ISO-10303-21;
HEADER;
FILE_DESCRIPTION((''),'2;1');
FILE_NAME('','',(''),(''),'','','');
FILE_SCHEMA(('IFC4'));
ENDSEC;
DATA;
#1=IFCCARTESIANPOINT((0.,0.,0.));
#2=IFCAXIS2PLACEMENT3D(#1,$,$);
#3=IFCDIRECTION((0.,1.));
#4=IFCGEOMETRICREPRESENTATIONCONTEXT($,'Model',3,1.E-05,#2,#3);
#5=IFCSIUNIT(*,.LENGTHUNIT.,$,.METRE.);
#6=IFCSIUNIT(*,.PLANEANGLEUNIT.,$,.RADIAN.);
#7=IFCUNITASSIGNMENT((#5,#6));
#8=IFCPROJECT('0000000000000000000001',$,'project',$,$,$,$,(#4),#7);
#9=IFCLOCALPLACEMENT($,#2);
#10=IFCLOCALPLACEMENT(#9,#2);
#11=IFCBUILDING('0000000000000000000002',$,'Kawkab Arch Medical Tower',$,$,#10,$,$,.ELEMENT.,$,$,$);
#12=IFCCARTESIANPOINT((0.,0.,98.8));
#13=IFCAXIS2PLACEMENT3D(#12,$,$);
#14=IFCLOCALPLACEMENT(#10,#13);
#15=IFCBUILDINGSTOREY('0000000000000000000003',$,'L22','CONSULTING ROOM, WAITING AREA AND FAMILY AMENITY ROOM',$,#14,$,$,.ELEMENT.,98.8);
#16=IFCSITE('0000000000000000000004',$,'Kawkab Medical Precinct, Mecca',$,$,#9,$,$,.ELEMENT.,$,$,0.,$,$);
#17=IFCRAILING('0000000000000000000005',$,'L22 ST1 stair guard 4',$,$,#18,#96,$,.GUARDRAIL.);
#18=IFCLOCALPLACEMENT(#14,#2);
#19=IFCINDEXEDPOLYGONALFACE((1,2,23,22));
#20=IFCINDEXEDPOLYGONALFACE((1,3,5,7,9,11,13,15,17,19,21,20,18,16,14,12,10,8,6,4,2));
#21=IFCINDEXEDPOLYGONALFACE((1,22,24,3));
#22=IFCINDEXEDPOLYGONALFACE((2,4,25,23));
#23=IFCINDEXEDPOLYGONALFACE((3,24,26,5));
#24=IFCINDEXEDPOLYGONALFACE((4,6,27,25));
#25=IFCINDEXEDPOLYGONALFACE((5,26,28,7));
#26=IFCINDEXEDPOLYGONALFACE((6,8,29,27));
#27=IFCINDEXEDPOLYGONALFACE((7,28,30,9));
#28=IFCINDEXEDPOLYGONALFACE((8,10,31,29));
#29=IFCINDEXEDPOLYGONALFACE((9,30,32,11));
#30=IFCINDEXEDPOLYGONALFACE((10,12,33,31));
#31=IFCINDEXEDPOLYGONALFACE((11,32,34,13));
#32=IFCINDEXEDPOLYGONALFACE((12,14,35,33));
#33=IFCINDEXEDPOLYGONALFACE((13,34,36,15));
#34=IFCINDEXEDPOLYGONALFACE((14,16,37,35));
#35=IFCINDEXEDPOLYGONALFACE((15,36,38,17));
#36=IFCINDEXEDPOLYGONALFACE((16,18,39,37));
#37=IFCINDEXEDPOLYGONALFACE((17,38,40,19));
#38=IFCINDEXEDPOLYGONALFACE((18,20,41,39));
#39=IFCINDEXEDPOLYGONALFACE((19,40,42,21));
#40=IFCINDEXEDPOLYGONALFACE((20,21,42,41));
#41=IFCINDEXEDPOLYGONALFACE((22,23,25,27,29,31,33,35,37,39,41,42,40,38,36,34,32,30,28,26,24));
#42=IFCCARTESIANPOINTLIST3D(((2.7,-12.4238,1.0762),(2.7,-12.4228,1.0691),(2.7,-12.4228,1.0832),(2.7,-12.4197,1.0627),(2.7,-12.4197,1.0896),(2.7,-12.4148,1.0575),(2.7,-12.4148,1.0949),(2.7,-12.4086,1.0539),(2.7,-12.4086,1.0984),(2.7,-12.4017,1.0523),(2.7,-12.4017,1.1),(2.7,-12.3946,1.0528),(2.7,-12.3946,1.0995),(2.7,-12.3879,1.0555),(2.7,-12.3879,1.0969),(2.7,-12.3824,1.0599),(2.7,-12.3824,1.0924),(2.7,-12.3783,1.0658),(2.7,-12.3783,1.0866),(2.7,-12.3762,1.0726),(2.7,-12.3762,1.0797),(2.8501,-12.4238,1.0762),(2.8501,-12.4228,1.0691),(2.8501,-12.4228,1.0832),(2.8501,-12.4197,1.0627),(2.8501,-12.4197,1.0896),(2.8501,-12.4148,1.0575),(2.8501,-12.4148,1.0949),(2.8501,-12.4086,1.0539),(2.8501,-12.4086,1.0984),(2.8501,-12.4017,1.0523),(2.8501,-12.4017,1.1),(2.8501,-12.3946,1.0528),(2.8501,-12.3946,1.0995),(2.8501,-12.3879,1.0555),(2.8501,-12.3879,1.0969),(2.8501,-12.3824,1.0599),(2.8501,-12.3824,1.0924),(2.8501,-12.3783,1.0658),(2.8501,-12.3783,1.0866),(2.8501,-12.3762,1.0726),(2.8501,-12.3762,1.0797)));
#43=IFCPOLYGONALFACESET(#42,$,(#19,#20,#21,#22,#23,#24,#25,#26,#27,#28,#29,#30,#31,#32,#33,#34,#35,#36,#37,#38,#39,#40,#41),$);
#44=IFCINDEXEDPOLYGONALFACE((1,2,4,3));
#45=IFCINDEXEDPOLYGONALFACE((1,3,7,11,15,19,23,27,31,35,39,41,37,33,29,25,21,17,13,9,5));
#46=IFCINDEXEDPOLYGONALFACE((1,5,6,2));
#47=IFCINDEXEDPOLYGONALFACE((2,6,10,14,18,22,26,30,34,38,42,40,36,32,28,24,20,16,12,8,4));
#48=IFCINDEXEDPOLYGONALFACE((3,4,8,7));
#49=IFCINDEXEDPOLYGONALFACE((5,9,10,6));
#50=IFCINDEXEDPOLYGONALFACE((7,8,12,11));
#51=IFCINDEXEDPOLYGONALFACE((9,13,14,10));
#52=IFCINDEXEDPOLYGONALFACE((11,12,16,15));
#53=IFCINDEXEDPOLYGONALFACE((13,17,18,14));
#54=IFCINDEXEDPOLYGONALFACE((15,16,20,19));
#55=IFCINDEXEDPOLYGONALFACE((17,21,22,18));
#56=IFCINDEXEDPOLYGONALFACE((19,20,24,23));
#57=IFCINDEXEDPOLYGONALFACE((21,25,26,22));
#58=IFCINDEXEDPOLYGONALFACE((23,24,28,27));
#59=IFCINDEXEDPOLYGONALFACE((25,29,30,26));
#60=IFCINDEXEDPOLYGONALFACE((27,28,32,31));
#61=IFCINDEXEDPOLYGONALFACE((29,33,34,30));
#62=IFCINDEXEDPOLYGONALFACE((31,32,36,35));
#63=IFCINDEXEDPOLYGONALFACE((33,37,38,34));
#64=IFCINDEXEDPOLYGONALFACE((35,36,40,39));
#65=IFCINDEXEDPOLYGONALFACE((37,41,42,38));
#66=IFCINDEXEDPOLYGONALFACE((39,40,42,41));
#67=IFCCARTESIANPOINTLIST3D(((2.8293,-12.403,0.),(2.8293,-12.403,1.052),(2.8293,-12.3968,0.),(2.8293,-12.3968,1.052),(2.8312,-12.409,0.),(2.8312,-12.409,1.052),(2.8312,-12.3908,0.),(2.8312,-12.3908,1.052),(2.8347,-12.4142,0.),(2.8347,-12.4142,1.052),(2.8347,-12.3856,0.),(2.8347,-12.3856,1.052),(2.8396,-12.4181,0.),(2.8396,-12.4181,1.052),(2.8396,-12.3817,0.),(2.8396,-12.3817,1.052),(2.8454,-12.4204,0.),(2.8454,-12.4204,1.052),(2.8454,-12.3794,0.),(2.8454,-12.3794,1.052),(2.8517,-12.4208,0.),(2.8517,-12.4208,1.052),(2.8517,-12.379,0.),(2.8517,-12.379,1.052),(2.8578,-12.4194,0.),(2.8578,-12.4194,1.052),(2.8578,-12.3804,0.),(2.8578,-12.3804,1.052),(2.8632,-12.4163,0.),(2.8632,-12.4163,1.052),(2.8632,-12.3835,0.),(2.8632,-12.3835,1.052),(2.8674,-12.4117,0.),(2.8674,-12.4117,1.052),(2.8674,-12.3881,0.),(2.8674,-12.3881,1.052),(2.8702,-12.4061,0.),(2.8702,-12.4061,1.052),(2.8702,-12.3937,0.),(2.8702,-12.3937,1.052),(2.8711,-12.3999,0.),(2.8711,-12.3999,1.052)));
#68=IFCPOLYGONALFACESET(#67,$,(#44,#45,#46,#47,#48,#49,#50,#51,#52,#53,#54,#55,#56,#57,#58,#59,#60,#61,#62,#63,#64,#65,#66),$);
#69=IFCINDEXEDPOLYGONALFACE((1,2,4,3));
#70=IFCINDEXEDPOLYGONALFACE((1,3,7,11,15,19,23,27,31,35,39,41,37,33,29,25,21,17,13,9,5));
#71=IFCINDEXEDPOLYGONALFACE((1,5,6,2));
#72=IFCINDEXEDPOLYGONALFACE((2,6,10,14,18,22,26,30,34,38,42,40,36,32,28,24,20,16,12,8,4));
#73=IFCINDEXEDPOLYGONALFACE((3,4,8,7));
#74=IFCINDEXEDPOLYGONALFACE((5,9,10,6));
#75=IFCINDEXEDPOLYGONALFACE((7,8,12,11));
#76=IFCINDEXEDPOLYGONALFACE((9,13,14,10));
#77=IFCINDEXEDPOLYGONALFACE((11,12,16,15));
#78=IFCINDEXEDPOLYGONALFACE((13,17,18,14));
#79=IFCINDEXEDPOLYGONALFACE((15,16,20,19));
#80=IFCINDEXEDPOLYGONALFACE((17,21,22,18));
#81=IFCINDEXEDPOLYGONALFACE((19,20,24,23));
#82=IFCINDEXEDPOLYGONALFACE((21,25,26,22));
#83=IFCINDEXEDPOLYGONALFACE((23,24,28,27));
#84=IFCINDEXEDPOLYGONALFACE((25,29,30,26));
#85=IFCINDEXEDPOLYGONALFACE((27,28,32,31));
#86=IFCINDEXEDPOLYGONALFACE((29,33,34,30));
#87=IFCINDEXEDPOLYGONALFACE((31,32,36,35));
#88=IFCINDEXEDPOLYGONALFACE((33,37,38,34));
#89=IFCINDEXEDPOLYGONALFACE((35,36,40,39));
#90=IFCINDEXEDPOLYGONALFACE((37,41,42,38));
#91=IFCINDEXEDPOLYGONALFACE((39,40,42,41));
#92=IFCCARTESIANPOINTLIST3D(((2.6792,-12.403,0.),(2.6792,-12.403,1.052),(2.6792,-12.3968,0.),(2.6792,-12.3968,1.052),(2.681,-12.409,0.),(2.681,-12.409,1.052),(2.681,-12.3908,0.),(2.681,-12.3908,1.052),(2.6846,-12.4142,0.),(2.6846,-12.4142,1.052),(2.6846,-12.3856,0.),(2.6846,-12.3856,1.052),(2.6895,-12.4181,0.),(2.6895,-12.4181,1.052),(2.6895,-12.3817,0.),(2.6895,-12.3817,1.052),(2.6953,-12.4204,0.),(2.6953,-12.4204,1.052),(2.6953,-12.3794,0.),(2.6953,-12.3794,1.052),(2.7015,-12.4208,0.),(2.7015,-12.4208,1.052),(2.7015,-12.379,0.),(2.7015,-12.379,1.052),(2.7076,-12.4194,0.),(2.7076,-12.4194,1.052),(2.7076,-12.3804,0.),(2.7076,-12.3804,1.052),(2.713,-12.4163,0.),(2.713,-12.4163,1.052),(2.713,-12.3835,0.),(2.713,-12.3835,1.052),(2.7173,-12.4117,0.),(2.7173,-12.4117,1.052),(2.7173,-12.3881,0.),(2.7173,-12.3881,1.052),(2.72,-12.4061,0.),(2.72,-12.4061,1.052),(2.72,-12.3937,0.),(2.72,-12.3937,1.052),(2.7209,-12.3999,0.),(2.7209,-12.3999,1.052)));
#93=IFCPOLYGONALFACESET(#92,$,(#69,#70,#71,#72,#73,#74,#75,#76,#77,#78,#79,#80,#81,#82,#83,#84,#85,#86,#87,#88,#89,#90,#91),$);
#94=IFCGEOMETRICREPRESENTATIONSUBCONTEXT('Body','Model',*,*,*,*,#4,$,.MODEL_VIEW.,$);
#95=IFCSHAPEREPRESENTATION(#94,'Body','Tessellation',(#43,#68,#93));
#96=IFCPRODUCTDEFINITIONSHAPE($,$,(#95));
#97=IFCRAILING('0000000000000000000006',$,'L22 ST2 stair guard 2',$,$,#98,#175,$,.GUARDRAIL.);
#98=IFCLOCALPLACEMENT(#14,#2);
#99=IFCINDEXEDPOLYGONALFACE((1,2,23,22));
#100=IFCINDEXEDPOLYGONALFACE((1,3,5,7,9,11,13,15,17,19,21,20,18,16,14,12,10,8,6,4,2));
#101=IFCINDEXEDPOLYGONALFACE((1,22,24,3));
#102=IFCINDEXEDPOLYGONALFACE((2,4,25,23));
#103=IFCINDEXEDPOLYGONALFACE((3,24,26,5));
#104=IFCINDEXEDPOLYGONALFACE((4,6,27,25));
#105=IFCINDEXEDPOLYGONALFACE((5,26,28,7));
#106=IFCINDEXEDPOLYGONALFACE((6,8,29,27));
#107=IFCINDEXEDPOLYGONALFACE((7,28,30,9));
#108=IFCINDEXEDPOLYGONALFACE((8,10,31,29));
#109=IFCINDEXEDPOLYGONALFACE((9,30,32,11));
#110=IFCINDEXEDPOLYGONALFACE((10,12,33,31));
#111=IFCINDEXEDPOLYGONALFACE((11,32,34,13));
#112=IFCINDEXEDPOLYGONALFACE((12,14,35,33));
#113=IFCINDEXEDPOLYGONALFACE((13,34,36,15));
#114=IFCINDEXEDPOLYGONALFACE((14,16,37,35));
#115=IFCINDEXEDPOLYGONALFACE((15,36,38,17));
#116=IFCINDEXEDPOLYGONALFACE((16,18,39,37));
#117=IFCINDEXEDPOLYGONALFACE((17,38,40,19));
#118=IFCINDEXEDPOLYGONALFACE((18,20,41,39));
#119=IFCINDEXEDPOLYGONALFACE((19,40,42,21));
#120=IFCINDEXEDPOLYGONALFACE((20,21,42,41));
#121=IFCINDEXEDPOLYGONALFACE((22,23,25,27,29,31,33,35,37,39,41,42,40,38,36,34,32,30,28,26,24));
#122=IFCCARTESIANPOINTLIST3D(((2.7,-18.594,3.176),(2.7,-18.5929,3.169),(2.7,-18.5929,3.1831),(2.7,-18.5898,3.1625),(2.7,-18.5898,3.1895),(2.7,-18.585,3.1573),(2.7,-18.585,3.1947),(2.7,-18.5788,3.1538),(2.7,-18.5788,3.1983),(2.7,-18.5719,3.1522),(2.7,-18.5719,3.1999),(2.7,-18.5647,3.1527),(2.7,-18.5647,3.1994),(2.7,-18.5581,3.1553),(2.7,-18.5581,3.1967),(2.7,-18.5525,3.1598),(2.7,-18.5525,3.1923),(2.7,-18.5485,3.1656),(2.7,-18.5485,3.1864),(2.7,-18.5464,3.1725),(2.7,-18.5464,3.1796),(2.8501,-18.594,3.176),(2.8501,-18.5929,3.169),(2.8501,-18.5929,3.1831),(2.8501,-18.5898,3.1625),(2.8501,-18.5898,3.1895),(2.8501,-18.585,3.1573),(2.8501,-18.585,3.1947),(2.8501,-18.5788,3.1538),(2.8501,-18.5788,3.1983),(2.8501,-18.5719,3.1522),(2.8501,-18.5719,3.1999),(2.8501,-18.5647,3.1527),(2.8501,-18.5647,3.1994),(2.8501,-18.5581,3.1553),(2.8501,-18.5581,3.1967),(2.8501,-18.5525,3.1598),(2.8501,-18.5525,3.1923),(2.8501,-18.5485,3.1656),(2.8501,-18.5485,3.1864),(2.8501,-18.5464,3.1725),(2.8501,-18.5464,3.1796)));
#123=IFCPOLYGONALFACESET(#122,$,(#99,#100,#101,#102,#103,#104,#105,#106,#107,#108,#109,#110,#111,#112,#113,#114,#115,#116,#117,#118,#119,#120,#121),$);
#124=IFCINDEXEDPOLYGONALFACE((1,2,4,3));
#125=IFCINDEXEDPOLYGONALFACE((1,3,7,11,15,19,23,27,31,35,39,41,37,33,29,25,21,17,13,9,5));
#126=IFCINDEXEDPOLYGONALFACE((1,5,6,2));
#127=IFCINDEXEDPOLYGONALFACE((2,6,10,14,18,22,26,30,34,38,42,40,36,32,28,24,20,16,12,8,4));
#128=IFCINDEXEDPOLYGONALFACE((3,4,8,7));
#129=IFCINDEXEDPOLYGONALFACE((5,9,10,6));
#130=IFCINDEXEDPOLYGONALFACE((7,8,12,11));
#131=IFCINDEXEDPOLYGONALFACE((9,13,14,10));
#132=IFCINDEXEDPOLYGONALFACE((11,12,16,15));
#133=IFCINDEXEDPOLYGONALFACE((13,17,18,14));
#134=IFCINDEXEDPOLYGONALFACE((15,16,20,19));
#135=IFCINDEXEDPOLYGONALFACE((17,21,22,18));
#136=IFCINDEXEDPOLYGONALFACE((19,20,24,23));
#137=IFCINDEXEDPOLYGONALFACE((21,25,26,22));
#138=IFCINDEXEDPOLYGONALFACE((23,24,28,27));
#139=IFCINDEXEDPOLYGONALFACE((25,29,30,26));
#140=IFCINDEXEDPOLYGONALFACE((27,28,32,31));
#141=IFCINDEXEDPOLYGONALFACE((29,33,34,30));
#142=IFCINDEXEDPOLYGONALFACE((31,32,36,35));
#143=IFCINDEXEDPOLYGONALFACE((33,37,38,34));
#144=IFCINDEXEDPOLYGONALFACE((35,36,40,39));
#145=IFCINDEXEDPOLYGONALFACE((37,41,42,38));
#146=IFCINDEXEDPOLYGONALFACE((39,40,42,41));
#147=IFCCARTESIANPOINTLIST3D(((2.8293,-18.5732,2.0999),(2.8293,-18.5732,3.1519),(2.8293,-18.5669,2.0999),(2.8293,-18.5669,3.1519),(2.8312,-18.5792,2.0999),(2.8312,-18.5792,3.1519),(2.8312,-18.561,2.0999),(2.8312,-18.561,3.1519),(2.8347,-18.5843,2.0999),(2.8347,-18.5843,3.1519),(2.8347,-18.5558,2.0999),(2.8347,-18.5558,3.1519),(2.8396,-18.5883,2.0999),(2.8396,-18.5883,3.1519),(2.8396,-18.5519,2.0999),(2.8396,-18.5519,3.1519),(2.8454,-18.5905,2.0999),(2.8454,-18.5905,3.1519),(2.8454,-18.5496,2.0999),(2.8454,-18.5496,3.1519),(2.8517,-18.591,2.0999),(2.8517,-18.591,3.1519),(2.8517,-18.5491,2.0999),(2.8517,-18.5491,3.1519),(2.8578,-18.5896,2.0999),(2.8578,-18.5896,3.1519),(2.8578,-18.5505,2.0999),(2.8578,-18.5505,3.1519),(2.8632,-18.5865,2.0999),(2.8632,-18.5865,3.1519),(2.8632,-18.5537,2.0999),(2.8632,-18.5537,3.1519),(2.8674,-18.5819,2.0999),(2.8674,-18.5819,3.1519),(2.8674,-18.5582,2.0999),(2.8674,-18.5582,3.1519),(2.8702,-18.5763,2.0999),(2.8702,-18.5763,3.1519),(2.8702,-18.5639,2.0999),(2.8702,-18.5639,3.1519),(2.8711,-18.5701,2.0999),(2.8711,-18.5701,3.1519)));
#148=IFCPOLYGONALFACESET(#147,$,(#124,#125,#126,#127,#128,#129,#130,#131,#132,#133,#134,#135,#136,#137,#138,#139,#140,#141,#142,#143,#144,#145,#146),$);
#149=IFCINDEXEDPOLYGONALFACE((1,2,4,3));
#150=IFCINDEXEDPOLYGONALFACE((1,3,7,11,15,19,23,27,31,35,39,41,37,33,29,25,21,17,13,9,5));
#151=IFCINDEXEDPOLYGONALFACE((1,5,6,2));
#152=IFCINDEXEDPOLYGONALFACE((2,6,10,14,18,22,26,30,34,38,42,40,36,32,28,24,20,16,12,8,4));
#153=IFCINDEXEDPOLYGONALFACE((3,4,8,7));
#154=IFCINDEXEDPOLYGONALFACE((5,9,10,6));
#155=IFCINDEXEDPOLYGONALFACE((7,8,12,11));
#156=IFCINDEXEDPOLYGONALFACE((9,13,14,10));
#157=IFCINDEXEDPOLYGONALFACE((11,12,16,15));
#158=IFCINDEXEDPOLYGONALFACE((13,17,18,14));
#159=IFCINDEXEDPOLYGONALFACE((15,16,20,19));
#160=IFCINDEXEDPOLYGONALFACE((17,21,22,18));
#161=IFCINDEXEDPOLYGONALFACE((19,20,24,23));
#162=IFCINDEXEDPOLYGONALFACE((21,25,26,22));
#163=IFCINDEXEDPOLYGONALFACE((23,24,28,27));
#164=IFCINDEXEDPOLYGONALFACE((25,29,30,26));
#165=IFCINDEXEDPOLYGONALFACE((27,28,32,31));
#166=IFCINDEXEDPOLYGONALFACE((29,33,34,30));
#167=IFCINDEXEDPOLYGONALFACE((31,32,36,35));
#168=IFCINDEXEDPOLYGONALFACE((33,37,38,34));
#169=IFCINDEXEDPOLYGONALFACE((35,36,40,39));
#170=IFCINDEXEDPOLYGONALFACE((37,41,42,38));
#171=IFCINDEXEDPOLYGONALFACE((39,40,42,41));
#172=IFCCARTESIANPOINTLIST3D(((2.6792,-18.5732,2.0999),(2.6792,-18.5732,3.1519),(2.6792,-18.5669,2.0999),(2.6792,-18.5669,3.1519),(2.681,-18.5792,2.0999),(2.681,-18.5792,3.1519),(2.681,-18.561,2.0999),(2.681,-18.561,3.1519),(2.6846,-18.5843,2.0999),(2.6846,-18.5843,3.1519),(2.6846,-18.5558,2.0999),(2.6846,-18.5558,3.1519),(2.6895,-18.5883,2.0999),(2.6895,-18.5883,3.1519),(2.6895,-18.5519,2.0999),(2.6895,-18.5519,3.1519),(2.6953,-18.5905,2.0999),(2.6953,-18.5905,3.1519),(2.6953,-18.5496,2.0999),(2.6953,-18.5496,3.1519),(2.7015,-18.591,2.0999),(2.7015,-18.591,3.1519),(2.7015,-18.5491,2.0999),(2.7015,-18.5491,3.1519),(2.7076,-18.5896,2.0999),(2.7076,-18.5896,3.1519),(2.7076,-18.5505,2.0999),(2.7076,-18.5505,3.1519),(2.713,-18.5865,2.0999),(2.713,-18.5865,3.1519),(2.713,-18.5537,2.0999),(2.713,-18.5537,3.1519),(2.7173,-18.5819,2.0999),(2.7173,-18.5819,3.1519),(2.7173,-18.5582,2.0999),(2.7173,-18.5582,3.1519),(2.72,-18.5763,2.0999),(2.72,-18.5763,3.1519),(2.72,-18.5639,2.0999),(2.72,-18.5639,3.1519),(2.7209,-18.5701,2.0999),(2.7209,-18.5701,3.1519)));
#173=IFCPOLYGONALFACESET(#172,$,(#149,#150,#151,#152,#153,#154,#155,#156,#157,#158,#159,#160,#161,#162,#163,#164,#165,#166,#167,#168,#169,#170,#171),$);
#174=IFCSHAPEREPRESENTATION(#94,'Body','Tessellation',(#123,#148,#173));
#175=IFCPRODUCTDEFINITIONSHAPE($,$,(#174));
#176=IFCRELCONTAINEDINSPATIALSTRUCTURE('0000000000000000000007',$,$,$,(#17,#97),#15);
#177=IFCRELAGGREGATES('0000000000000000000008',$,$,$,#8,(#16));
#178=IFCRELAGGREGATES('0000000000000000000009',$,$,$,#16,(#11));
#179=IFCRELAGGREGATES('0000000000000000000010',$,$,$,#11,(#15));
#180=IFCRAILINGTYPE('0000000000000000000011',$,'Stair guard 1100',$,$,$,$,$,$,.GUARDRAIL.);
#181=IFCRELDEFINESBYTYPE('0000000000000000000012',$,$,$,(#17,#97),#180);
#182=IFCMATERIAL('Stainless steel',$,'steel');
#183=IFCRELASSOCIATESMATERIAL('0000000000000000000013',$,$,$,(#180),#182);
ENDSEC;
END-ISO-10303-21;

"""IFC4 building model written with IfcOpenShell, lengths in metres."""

from ifc_helpers import new_model, si_unit, direction, frame, origin, origin_2d, place, context, subcontext, project, spatial, circle, extrude, material, type_object, element, save


model = new_model("IFC4")

# Units and contexts
model_context = context("Model", 3, precision=1e-05, world=origin(), true_north=direction((0.0, 1.0)))
body_context = subcontext(model_context, "Body", "Model", "MODEL_VIEW")
ifc_project = project(units=[si_unit("LENGTHUNIT", "METRE"), si_unit("PLANEANGLEUNIT", "RADIAN")], contexts=[model_context])

# Site, building, storey
site_placement = place(None, origin())
site = spatial("IfcSite", under=ifc_project, at=site_placement, Name="Kawkab Medical Precinct, Mecca", CompositionType="ELEMENT", RefElevation=0.0)
building_placement = place(site_placement, origin())
building = spatial("IfcBuilding", under=site, at=building_placement, Name="Kawkab Arch Medical Tower", CompositionType="ELEMENT")
storey_placement = place(building_placement, frame((0.0, 0.0, 98.8)))
storey = spatial("IfcBuildingStorey", under=building, at=storey_placement, Name="L22", Description="CONSULTING ROOM, WAITING AREA AND FAMILY AMENITY ROOM", CompositionType="ELEMENT", Elevation=98.8)

# Railings
ifc_material_1 = material(Name="Stainless steel", Category="steel")
railing_type = type_object("IfcRailingType", Name="Stair guard 1100", PredefinedType="GUARDRAIL", material=ifc_material_1)
for number, where, name in (
    (1, (2.8501, -12.3999, 0.0), "L22 ST1 stair guard 4"),
    (2, (2.8501, -18.5701, 2.0999), "L22 ST2 stair guard 2"),
):
    element("IfcRailing", number, at=place(storey_placement, frame(where)), inside=storey, type_object=railing_type, Name=name, PredefinedType="GUARDRAIL", context=body_context, shape_type="SweptSolid", body=[
        extrude(circle(Radius=0.0239, at=origin_2d()), frame((0.0, 0.0, 1.0762), z_axis=(-1.0, 0.0, 0.0), x_axis=(0.0, -1.0, 0.0)), (0.0, 0.0, 1.0), 0.1501),
        extrude(circle(Radius=0.021, at=origin_2d()), origin(), (0.0, 0.0, 1.0), 1.052),
        extrude(circle(Radius=0.021, at=origin_2d()), frame((-0.1501, 0.0, 0.0)), (0.0, 0.0, 1.0), 1.052),
    ])

save(model, "model.ifc")
